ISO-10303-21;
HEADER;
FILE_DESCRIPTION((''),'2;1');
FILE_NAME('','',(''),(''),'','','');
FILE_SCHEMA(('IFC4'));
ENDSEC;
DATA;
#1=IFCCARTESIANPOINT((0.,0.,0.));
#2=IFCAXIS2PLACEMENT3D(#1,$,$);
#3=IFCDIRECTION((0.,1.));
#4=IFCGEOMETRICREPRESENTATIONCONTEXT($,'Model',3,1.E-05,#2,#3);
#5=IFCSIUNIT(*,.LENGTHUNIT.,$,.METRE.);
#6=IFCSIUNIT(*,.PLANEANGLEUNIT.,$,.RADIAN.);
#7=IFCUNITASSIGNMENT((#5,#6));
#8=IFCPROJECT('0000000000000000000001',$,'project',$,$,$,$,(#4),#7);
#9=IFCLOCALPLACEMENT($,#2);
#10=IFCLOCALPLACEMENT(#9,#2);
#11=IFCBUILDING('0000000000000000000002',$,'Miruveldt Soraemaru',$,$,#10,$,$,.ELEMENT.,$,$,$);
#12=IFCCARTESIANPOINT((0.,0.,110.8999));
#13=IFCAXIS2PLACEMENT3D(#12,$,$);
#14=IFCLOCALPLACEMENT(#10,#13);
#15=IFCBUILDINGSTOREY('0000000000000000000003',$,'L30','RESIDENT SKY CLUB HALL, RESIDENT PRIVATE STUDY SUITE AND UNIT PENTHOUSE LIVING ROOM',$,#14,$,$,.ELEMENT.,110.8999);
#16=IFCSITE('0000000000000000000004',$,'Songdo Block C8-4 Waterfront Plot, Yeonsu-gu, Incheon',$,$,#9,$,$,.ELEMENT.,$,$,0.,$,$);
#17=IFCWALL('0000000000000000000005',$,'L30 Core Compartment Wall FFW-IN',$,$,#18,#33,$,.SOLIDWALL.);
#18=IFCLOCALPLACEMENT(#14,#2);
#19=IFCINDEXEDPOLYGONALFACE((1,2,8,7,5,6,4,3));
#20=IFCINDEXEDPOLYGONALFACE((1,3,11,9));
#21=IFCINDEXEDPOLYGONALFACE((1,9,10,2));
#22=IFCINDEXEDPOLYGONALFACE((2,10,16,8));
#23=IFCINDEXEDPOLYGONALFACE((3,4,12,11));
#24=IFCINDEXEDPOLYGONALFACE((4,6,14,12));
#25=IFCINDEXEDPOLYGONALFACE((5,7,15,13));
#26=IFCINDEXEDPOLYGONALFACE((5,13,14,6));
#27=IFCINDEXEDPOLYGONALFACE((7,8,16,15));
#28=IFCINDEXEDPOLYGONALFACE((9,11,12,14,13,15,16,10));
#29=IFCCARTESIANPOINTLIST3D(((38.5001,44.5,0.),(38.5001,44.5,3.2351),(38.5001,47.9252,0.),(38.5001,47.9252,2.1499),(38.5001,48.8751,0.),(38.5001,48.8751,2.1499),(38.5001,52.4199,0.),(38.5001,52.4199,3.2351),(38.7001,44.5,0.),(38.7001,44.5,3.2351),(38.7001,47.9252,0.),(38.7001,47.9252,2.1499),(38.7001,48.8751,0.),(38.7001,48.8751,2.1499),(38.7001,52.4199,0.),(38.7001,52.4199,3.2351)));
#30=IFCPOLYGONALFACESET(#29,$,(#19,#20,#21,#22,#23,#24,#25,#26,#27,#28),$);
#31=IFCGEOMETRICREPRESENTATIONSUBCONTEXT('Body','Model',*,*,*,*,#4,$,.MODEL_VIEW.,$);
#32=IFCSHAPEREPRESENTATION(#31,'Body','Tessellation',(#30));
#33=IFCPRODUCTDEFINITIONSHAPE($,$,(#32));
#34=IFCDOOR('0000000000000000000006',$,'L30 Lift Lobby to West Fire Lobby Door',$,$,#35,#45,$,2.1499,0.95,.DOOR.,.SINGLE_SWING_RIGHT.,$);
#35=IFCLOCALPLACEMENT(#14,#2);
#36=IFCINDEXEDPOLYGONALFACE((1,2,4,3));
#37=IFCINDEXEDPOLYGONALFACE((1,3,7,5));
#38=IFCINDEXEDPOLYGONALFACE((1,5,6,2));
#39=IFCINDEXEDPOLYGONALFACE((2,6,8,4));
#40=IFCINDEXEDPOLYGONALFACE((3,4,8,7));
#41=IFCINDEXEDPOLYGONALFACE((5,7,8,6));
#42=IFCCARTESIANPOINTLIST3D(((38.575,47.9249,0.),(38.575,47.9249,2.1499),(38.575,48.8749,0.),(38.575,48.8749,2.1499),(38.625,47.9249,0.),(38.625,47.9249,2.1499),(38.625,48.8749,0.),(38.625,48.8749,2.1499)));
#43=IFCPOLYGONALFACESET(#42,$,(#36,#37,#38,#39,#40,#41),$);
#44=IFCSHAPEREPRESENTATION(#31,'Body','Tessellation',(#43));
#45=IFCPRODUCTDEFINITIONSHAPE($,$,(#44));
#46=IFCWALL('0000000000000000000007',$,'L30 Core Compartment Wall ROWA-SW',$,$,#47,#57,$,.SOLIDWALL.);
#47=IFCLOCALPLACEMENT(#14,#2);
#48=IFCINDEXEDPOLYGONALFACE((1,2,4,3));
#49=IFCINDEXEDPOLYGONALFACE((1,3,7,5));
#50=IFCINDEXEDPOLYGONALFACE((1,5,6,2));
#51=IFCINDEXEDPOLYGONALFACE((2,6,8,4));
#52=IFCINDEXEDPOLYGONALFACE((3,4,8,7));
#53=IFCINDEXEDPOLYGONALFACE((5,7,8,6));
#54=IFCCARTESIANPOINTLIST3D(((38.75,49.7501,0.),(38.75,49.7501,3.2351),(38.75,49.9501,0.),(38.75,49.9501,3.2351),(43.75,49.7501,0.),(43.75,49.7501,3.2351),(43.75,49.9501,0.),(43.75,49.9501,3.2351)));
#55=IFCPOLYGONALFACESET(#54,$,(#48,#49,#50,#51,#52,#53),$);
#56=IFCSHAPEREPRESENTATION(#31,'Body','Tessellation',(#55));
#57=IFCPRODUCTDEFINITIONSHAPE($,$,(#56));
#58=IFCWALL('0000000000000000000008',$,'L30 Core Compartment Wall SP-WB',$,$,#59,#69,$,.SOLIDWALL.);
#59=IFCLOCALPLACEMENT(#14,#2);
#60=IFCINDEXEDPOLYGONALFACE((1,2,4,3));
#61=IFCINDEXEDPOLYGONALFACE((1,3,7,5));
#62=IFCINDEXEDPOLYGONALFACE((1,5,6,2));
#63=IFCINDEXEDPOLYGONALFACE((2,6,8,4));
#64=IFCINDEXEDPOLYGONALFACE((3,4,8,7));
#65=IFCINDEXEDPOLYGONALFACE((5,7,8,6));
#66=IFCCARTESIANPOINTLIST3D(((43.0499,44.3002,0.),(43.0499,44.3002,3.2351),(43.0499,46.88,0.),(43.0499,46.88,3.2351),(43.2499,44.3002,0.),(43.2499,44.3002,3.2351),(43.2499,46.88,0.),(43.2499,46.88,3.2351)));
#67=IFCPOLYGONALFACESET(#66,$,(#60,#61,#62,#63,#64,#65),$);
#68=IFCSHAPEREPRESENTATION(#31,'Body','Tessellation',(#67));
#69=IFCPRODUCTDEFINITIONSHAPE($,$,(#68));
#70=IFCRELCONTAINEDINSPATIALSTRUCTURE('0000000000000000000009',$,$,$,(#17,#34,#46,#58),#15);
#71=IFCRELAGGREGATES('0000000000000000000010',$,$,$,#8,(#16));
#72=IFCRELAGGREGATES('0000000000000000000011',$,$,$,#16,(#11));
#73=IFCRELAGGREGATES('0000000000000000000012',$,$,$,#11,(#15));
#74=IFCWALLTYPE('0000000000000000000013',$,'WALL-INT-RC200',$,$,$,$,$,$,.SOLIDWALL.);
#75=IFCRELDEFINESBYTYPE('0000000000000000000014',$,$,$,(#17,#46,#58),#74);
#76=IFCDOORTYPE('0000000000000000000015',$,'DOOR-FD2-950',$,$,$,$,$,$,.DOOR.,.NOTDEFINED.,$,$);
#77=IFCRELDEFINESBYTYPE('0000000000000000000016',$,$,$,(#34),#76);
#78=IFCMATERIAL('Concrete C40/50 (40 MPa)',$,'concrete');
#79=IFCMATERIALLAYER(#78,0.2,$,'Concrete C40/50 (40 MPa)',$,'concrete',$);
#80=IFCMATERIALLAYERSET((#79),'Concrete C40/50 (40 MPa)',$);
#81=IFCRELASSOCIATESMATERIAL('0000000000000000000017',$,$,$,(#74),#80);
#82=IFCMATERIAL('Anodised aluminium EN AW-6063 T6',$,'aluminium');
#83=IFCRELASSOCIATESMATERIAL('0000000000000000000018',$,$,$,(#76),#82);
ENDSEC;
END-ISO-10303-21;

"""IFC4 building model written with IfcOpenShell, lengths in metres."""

from ifc_helpers import new_model, si_unit, direction, frame, frame_2d, origin, place, context, subcontext, project, spatial, rectangle, extrude, material, layer, layer_set, type_object, element, fill, save


model = new_model("IFC4")

# Units and contexts
model_context = context("Model", 3, precision=1e-05, world=origin(), true_north=direction((0.0, 1.0)))
body_context = subcontext(model_context, "Body", "Model", "MODEL_VIEW")
ifc_project = project(units=[si_unit("LENGTHUNIT", "METRE"), si_unit("PLANEANGLEUNIT", "RADIAN")], contexts=[model_context])

# Site, building, storey
site_placement = place(None, origin())
site = spatial("IfcSite", under=ifc_project, at=site_placement, Name="Songdo Block C8-4 Waterfront Plot, Yeonsu-gu, Incheon", CompositionType="ELEMENT", RefElevation=0.0)
building_placement = place(site_placement, origin())
building = spatial("IfcBuilding", under=site, at=building_placement, Name="Miruveldt Soraemaru", CompositionType="ELEMENT")
storey_placement = place(building_placement, frame((0.0, 0.0, 110.8999)))
storey = spatial("IfcBuildingStorey", under=building, at=storey_placement, Name="L30", Description="RESIDENT SKY CLUB HALL, RESIDENT PRIVATE STUDY SUITE AND UNIT PENTHOUSE LIVING ROOM", CompositionType="ELEMENT", Elevation=110.8999)

# Shared definitions
ifc_material_1 = material(Name="Concrete C40/50 (40 MPa)", Category="concrete")

# Wall, opening, door
ifc_layer_1 = layer(ifc_material_1, 0.2, Name="Concrete C40/50 (40 MPa)", Category="concrete")
ifc_layer_set_1 = layer_set([ifc_layer_1], Name="Concrete C40/50 (40 MPa)")
wall_type_1 = type_object("IfcWallType", Name="WALL-INT-RC200", PredefinedType="SOLIDWALL", material=ifc_layer_set_1)
ifc_material_2 = material(Name="Anodised aluminium EN AW-6063 T6", Category="aluminium")
wall_1_placement = place(storey_placement, frame((38.6001, 44.5, 0.0), z_axis=(0.0, 0.0, 1.0), x_axis=(0.0, 1.0, 0.0)))
wall_1 = element("IfcWall", 1, at=wall_1_placement, inside=storey, type_object=wall_type_1, Name="L30 Core Compartment Wall FFW-IN", PredefinedType="SOLIDWALL", context=body_context, shape_type="SweptSolid", body=[
    extrude(rectangle(XDim=7.9199, YDim=0.2, at=frame_2d((3.96, 0.0))), origin(), (0.0, 0.0, 1.0), 3.2351),
])
opening_1_placement = place(wall_1_placement, frame((3.425, 0.0, 0.0)))
opening_1 = element("IfcOpeningElement", 2, at=opening_1_placement, cuts=wall_1, PredefinedType="OPENING", context=body_context, shape_type="SweptSolid", body=[
    extrude(rectangle(XDim=0.95, YDim=2.1499, at=frame_2d((0.4751, 1.075))), frame((0.0, 0.1099, 0.0), z_axis=(0.0, -1.0, 0.0), x_axis=(1.0, 0.0, 0.0)), (0.0, 0.0, 1.0), 0.22),
])
door_type_1 = type_object("IfcDoorType", Name="DOOR-FD2-950", OperationType="NOTDEFINED", PredefinedType="DOOR", material=ifc_material_2)
door_1_placement = place(opening_1_placement, frame((0.95, 0.0, 0.0), z_axis=(0.0, 0.0, 1.0), x_axis=(-1.0, 0.0, 0.0)))
door_1 = element("IfcDoor", 3, at=door_1_placement, inside=storey, type_object=door_type_1, Name="L30 Lift Lobby to West Fire Lobby Door", OperationType="SINGLE_SWING_RIGHT", OverallHeight=2.1499, OverallWidth=0.95, PredefinedType="DOOR", context=body_context, shape_type="SweptSolid", body=[
    extrude(rectangle(XDim=0.95, YDim=2.1499, at=frame_2d((0.4751, 1.075))), frame((0.0, 0.0249, 0.0), z_axis=(0.0, -1.0, 0.0), x_axis=(1.0, 0.0, 0.0)), (0.0, 0.0, 1.0), 0.05),
])
fill(opening_1, door_1)

# Walls
wall_2_placement = place(storey_placement, frame((38.75, 49.8501, 0.0), z_axis=(0.0, 0.0, 1.0), x_axis=(1.0, 0.0, 0.0)))
element("IfcWall", 4, at=wall_2_placement, inside=storey, type_object=wall_type_1, Name="L30 Core Compartment Wall ROWA-SW", PredefinedType="SOLIDWALL", context=body_context, shape_type="SweptSolid", body=[
    extrude(rectangle(XDim=5.0, YDim=0.2, at=frame_2d((2.5, 0.0))), origin(), (0.0, 0.0, 1.0), 3.2351),
])
wall_3_placement = place(storey_placement, frame((43.1499, 44.3, 0.0), z_axis=(0.0, 0.0, 1.0), x_axis=(0.0, 1.0, 0.0)))
element("IfcWall", 5, at=wall_3_placement, inside=storey, type_object=wall_type_1, Name="L30 Core Compartment Wall SP-WB", PredefinedType="SOLIDWALL", context=body_context, shape_type="SweptSolid", body=[
    extrude(rectangle(XDim=2.5798, YDim=0.2, at=frame_2d((1.29, 0.0))), origin(), (0.0, 0.0, 1.0), 3.2351),
])

save(model, "model.ifc")
